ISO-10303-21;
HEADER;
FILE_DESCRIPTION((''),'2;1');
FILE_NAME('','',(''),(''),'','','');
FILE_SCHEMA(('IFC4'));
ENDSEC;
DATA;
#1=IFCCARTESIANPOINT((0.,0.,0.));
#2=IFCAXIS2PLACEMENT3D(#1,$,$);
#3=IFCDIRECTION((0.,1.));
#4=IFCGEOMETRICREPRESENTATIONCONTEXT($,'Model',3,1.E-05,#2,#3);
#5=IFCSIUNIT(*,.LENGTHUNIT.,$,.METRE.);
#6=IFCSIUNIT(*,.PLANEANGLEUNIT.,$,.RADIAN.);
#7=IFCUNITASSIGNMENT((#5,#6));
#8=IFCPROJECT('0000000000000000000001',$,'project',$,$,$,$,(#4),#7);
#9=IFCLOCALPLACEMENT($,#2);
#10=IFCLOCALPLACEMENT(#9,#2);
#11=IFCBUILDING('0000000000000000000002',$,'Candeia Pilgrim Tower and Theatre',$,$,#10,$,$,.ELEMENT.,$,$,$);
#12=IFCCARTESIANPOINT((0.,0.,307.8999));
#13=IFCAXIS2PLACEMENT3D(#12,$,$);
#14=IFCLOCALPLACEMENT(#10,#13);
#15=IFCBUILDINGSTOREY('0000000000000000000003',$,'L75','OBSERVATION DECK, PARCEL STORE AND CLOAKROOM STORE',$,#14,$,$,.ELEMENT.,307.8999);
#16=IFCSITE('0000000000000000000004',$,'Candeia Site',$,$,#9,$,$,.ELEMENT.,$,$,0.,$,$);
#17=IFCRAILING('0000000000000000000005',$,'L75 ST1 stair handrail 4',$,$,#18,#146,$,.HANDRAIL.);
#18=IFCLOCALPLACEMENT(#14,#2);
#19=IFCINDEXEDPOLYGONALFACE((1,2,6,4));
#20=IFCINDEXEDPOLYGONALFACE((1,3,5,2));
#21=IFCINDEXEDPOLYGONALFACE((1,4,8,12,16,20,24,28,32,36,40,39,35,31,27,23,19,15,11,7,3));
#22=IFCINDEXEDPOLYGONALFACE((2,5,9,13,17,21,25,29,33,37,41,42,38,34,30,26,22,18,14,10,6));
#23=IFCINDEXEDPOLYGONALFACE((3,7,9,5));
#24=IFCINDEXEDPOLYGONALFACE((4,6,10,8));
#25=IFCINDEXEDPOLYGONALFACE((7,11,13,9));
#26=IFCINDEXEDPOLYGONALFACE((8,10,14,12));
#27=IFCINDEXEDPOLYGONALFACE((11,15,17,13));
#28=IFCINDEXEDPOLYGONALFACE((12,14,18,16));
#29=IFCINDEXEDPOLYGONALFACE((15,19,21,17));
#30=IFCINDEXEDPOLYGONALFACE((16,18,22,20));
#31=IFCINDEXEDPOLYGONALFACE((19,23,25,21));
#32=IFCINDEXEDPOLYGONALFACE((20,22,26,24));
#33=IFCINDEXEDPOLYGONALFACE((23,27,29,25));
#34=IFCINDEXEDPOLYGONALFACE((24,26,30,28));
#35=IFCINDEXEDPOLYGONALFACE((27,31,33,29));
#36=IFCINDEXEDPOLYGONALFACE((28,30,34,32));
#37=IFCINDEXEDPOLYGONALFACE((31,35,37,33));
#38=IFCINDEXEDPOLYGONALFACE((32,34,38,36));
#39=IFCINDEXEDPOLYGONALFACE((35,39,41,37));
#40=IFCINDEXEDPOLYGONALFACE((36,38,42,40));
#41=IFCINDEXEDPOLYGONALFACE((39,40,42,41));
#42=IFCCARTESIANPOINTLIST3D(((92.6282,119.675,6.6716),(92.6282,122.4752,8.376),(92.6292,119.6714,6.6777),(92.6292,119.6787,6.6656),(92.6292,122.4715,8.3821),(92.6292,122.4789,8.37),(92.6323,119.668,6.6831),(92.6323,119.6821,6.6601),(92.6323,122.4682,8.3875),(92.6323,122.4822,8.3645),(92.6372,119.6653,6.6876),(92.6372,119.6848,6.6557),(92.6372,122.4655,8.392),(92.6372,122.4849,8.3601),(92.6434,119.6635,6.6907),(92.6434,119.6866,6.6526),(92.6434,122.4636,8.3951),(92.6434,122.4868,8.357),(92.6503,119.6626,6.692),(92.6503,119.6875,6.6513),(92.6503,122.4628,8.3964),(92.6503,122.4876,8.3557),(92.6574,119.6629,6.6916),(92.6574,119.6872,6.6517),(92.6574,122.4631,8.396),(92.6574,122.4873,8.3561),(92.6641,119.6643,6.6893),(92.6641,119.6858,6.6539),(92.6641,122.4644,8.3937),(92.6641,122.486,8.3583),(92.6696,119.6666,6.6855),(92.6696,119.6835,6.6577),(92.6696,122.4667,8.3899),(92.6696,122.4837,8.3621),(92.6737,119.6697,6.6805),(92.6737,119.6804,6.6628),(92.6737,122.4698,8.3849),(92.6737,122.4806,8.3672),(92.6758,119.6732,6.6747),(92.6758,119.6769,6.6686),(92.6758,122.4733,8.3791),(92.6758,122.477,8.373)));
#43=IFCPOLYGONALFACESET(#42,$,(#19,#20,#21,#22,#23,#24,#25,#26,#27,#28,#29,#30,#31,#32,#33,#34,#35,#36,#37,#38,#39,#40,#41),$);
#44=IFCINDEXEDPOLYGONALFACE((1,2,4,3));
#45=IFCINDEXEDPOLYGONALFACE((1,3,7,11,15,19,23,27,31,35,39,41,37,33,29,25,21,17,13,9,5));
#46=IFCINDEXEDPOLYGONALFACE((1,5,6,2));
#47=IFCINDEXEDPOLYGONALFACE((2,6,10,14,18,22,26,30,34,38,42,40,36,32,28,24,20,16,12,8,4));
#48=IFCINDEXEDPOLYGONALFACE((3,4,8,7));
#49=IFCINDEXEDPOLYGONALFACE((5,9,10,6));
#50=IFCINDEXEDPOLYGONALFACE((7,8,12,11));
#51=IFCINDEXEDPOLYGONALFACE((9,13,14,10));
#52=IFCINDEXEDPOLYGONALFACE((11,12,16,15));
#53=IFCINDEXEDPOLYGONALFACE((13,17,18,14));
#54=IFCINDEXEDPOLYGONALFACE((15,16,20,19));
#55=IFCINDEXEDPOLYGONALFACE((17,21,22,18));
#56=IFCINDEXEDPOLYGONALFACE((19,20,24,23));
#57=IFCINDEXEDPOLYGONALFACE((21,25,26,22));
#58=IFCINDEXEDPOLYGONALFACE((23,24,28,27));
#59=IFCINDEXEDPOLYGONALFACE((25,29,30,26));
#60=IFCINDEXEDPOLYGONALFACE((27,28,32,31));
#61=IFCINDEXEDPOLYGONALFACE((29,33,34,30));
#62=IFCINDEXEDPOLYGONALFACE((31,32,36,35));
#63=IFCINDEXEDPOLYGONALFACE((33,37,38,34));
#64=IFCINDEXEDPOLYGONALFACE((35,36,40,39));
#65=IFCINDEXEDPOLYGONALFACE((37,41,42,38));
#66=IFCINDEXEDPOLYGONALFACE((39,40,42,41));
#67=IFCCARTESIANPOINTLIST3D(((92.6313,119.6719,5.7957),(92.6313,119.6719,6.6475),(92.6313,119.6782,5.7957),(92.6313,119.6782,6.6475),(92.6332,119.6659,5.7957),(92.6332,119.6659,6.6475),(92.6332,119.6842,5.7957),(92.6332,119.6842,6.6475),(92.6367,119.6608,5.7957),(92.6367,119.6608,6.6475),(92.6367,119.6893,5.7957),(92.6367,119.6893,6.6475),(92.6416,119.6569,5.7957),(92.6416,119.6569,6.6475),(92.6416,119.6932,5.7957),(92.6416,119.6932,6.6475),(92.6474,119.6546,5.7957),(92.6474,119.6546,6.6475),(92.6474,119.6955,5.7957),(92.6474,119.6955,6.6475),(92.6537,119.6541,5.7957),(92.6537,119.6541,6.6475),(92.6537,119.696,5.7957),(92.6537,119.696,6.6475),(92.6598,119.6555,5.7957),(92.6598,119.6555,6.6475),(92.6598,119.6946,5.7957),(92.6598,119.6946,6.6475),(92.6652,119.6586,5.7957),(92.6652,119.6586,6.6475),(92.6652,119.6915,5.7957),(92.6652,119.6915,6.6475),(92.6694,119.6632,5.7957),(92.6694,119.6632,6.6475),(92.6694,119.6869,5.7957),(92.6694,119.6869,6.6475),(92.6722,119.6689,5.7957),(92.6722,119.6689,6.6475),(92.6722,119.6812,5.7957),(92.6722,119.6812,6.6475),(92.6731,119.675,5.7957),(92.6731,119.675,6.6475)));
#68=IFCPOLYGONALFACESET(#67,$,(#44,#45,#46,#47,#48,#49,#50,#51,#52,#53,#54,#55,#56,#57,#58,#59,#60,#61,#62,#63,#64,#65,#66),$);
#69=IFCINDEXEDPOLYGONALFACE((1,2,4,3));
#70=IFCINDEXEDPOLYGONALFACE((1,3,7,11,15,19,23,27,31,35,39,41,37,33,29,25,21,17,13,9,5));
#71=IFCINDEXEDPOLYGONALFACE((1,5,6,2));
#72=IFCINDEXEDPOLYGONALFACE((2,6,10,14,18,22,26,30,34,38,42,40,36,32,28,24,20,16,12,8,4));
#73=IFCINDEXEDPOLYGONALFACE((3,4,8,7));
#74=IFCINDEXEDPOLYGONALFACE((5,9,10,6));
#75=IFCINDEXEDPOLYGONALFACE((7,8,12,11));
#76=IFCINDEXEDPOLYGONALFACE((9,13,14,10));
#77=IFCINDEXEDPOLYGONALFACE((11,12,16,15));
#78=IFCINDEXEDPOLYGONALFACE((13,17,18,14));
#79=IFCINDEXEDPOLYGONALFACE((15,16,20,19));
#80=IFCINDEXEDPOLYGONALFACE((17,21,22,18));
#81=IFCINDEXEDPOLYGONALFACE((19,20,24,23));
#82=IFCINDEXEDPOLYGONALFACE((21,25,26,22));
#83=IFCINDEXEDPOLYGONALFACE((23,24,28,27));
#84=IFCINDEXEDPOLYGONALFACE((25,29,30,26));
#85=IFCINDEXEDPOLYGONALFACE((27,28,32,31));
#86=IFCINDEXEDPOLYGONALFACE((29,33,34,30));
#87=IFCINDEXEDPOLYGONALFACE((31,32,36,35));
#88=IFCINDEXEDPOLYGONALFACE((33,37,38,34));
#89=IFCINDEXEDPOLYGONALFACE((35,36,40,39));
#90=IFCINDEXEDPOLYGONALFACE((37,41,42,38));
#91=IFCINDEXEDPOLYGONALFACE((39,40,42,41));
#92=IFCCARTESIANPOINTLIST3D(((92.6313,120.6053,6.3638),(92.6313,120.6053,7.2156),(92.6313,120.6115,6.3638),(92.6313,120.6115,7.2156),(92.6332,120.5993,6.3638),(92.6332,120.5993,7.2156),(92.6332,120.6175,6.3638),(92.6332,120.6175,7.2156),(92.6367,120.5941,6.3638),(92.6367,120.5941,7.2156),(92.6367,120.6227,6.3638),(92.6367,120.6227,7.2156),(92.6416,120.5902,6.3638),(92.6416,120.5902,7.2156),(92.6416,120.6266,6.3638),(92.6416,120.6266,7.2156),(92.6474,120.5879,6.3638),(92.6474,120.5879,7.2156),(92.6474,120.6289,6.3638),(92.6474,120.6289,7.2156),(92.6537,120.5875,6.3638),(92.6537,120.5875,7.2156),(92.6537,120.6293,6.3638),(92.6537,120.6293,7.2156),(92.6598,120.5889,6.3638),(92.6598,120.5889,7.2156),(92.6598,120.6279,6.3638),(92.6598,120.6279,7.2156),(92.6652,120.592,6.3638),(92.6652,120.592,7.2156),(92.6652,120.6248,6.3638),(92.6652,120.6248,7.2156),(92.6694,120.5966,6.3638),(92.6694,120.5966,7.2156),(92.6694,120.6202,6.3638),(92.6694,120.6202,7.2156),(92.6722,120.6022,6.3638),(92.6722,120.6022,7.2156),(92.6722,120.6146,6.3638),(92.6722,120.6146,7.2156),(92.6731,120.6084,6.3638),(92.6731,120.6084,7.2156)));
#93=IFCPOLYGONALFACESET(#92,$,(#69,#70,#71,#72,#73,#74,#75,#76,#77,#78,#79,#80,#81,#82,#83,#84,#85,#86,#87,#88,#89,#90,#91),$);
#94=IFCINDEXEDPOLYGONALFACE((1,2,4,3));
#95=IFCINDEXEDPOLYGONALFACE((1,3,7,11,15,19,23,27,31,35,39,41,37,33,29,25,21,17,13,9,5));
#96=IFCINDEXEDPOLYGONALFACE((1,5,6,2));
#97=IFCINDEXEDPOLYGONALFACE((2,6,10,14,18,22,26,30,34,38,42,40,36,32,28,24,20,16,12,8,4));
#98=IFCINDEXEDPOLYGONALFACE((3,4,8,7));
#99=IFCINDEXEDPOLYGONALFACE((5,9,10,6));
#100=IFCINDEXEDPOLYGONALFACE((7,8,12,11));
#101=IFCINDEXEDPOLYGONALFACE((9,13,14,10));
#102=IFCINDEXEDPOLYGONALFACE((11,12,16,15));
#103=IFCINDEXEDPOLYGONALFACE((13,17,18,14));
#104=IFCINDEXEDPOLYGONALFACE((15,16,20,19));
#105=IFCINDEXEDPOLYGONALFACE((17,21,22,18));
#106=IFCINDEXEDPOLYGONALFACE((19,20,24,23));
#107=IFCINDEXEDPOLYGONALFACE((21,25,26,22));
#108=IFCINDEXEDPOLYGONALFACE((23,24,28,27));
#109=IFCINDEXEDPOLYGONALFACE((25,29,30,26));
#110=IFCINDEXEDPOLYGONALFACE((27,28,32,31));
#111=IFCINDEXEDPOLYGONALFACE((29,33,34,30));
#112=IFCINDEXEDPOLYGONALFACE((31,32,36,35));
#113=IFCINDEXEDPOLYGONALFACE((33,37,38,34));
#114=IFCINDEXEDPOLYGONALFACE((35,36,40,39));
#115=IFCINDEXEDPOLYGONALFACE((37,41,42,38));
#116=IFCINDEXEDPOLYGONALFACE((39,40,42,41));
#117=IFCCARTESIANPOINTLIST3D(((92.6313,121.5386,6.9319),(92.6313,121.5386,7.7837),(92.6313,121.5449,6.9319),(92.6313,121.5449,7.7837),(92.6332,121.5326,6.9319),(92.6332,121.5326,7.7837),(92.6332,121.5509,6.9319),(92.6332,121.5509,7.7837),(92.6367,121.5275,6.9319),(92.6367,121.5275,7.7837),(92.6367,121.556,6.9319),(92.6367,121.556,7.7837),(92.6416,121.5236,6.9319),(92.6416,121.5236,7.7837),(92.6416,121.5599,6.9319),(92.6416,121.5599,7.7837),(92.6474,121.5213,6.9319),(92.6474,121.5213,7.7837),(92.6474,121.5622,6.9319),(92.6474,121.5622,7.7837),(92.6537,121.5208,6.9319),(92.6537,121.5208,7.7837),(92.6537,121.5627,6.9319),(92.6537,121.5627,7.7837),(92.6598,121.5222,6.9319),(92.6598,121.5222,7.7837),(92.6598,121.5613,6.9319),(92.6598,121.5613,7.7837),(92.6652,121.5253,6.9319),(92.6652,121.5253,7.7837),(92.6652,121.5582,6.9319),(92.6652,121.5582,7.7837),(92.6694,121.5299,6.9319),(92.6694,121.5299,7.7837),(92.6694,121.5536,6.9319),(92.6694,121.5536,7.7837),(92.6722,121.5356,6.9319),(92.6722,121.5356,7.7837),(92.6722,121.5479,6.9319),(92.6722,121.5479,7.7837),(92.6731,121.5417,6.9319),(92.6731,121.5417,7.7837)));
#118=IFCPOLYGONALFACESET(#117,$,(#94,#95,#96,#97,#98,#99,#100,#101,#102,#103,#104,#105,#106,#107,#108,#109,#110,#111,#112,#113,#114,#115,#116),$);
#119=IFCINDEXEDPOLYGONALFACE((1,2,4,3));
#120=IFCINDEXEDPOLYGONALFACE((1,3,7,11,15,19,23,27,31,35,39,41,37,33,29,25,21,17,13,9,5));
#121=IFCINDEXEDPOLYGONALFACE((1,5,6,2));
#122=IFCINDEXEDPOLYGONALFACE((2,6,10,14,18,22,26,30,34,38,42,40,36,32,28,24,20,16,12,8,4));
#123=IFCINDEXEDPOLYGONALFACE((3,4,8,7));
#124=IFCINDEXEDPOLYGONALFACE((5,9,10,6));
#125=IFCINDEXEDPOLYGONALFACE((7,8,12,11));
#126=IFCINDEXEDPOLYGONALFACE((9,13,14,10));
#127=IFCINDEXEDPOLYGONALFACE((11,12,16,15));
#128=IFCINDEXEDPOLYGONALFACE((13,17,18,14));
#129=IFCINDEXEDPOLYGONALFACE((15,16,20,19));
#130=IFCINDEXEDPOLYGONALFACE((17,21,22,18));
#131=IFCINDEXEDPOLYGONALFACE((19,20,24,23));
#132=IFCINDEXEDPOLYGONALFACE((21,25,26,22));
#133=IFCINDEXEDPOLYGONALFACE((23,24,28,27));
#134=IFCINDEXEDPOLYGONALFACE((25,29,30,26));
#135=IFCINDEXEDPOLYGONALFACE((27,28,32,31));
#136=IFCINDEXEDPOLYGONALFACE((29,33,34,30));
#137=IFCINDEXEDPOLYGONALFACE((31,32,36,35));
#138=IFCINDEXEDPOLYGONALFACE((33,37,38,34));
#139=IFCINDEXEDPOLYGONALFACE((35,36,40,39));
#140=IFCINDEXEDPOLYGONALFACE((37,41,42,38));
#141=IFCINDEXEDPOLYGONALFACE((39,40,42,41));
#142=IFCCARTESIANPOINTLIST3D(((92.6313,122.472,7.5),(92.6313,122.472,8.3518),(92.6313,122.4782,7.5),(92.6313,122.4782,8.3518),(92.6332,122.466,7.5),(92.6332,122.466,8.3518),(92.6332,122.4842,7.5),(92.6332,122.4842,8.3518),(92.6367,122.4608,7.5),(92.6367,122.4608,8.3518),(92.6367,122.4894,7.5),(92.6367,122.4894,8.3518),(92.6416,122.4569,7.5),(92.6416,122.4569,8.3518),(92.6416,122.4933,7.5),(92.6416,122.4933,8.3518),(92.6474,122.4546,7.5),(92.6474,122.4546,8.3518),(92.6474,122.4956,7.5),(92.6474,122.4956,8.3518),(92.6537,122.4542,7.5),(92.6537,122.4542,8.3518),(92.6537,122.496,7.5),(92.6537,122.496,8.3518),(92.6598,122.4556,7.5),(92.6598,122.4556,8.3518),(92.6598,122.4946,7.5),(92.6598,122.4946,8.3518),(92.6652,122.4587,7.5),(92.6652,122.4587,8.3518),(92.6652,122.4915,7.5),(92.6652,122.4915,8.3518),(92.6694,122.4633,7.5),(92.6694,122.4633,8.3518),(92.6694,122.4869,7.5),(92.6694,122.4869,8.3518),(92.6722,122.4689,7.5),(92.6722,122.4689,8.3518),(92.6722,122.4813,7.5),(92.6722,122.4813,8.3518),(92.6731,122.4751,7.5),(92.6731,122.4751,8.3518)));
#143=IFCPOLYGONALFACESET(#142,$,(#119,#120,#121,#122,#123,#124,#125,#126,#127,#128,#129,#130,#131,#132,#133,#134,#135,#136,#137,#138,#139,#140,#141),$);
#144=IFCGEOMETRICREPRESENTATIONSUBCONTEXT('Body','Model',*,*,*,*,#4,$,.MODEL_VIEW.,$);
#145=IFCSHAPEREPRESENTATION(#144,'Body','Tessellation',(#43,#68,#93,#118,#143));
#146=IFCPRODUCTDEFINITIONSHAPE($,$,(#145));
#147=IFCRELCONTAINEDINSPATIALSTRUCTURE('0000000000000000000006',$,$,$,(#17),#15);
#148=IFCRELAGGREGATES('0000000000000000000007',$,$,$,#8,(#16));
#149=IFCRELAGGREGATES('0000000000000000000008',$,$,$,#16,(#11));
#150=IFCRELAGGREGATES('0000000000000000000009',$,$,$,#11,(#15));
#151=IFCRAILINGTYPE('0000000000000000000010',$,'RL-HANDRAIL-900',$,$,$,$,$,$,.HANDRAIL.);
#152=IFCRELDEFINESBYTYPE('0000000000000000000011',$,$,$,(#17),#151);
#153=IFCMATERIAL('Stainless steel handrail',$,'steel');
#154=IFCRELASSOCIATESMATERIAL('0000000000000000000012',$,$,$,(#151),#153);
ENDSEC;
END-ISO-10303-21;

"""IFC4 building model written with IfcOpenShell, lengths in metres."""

from ifc_helpers import new_model, si_unit, direction, frame, origin, origin_2d, place, context, subcontext, project, spatial, circle, extrude, material, type_object, element, save


model = new_model("IFC4")

# Units and contexts
model_context = context("Model", 3, precision=1e-05, world=origin(), true_north=direction((0.0, 1.0)))
body_context = subcontext(model_context, "Body", "Model", "MODEL_VIEW")
ifc_project = project(units=[si_unit("LENGTHUNIT", "METRE"), si_unit("PLANEANGLEUNIT", "RADIAN")], contexts=[model_context])

# Site, building, storey
site_placement = place(None, origin())
site = spatial("IfcSite", under=ifc_project, at=site_placement, Name="Candeia Site", CompositionType="ELEMENT", RefElevation=0.0)
building_placement = place(site_placement, origin())
building = spatial("IfcBuilding", under=site, at=building_placement, Name="Candeia Pilgrim Tower and Theatre", CompositionType="ELEMENT")
storey_placement = place(building_placement, frame((0.0, 0.0, 307.8999)))
storey = spatial("IfcBuildingStorey", under=building, at=storey_placement, Name="L75", Description="OBSERVATION DECK, PARCEL STORE AND CLOAKROOM STORE", CompositionType="ELEMENT", Elevation=307.8999)

# Railing
ifc_material_1 = material(Name="Stainless steel handrail", Category="steel")
railing_type = type_object("IfcRailingType", Name="RL-HANDRAIL-900", PredefinedType="HANDRAIL", material=ifc_material_1)
for number, where, name in (
    (1, (92.6521, 119.675, 5.7957), "L75 ST1 stair handrail 4"),
):
    element("IfcRailing", number, at=place(storey_placement, frame(where)), inside=storey, type_object=railing_type, Name=name, PredefinedType="HANDRAIL", context=body_context, shape_type="SweptSolid", body=[
        extrude(circle(Radius=0.0239, at=origin_2d()), frame((0.0, 0.0, 0.876), z_axis=(0.0, 0.854203, 0.51994), x_axis=(-1.0, 0.0, 0.0)), (0.0, 0.0, 1.0), 3.2781),
        extrude(circle(Radius=0.021, at=origin_2d()), origin(), (0.0, 0.0, 1.0), 0.8518),
        extrude(circle(Radius=0.021, at=origin_2d()), frame((0.0, 0.9333, 0.5681)), (0.0, 0.0, 1.0), 0.8518),
        extrude(circle(Radius=0.021, at=origin_2d()), frame((0.0, 1.8667, 1.1362)), (0.0, 0.0, 1.0), 0.8518),
        extrude(circle(Radius=0.021, at=origin_2d()), frame((0.0, 2.8, 1.7043)), (0.0, 0.0, 1.0), 0.8518),
    ])

save(model, "model.ifc")
